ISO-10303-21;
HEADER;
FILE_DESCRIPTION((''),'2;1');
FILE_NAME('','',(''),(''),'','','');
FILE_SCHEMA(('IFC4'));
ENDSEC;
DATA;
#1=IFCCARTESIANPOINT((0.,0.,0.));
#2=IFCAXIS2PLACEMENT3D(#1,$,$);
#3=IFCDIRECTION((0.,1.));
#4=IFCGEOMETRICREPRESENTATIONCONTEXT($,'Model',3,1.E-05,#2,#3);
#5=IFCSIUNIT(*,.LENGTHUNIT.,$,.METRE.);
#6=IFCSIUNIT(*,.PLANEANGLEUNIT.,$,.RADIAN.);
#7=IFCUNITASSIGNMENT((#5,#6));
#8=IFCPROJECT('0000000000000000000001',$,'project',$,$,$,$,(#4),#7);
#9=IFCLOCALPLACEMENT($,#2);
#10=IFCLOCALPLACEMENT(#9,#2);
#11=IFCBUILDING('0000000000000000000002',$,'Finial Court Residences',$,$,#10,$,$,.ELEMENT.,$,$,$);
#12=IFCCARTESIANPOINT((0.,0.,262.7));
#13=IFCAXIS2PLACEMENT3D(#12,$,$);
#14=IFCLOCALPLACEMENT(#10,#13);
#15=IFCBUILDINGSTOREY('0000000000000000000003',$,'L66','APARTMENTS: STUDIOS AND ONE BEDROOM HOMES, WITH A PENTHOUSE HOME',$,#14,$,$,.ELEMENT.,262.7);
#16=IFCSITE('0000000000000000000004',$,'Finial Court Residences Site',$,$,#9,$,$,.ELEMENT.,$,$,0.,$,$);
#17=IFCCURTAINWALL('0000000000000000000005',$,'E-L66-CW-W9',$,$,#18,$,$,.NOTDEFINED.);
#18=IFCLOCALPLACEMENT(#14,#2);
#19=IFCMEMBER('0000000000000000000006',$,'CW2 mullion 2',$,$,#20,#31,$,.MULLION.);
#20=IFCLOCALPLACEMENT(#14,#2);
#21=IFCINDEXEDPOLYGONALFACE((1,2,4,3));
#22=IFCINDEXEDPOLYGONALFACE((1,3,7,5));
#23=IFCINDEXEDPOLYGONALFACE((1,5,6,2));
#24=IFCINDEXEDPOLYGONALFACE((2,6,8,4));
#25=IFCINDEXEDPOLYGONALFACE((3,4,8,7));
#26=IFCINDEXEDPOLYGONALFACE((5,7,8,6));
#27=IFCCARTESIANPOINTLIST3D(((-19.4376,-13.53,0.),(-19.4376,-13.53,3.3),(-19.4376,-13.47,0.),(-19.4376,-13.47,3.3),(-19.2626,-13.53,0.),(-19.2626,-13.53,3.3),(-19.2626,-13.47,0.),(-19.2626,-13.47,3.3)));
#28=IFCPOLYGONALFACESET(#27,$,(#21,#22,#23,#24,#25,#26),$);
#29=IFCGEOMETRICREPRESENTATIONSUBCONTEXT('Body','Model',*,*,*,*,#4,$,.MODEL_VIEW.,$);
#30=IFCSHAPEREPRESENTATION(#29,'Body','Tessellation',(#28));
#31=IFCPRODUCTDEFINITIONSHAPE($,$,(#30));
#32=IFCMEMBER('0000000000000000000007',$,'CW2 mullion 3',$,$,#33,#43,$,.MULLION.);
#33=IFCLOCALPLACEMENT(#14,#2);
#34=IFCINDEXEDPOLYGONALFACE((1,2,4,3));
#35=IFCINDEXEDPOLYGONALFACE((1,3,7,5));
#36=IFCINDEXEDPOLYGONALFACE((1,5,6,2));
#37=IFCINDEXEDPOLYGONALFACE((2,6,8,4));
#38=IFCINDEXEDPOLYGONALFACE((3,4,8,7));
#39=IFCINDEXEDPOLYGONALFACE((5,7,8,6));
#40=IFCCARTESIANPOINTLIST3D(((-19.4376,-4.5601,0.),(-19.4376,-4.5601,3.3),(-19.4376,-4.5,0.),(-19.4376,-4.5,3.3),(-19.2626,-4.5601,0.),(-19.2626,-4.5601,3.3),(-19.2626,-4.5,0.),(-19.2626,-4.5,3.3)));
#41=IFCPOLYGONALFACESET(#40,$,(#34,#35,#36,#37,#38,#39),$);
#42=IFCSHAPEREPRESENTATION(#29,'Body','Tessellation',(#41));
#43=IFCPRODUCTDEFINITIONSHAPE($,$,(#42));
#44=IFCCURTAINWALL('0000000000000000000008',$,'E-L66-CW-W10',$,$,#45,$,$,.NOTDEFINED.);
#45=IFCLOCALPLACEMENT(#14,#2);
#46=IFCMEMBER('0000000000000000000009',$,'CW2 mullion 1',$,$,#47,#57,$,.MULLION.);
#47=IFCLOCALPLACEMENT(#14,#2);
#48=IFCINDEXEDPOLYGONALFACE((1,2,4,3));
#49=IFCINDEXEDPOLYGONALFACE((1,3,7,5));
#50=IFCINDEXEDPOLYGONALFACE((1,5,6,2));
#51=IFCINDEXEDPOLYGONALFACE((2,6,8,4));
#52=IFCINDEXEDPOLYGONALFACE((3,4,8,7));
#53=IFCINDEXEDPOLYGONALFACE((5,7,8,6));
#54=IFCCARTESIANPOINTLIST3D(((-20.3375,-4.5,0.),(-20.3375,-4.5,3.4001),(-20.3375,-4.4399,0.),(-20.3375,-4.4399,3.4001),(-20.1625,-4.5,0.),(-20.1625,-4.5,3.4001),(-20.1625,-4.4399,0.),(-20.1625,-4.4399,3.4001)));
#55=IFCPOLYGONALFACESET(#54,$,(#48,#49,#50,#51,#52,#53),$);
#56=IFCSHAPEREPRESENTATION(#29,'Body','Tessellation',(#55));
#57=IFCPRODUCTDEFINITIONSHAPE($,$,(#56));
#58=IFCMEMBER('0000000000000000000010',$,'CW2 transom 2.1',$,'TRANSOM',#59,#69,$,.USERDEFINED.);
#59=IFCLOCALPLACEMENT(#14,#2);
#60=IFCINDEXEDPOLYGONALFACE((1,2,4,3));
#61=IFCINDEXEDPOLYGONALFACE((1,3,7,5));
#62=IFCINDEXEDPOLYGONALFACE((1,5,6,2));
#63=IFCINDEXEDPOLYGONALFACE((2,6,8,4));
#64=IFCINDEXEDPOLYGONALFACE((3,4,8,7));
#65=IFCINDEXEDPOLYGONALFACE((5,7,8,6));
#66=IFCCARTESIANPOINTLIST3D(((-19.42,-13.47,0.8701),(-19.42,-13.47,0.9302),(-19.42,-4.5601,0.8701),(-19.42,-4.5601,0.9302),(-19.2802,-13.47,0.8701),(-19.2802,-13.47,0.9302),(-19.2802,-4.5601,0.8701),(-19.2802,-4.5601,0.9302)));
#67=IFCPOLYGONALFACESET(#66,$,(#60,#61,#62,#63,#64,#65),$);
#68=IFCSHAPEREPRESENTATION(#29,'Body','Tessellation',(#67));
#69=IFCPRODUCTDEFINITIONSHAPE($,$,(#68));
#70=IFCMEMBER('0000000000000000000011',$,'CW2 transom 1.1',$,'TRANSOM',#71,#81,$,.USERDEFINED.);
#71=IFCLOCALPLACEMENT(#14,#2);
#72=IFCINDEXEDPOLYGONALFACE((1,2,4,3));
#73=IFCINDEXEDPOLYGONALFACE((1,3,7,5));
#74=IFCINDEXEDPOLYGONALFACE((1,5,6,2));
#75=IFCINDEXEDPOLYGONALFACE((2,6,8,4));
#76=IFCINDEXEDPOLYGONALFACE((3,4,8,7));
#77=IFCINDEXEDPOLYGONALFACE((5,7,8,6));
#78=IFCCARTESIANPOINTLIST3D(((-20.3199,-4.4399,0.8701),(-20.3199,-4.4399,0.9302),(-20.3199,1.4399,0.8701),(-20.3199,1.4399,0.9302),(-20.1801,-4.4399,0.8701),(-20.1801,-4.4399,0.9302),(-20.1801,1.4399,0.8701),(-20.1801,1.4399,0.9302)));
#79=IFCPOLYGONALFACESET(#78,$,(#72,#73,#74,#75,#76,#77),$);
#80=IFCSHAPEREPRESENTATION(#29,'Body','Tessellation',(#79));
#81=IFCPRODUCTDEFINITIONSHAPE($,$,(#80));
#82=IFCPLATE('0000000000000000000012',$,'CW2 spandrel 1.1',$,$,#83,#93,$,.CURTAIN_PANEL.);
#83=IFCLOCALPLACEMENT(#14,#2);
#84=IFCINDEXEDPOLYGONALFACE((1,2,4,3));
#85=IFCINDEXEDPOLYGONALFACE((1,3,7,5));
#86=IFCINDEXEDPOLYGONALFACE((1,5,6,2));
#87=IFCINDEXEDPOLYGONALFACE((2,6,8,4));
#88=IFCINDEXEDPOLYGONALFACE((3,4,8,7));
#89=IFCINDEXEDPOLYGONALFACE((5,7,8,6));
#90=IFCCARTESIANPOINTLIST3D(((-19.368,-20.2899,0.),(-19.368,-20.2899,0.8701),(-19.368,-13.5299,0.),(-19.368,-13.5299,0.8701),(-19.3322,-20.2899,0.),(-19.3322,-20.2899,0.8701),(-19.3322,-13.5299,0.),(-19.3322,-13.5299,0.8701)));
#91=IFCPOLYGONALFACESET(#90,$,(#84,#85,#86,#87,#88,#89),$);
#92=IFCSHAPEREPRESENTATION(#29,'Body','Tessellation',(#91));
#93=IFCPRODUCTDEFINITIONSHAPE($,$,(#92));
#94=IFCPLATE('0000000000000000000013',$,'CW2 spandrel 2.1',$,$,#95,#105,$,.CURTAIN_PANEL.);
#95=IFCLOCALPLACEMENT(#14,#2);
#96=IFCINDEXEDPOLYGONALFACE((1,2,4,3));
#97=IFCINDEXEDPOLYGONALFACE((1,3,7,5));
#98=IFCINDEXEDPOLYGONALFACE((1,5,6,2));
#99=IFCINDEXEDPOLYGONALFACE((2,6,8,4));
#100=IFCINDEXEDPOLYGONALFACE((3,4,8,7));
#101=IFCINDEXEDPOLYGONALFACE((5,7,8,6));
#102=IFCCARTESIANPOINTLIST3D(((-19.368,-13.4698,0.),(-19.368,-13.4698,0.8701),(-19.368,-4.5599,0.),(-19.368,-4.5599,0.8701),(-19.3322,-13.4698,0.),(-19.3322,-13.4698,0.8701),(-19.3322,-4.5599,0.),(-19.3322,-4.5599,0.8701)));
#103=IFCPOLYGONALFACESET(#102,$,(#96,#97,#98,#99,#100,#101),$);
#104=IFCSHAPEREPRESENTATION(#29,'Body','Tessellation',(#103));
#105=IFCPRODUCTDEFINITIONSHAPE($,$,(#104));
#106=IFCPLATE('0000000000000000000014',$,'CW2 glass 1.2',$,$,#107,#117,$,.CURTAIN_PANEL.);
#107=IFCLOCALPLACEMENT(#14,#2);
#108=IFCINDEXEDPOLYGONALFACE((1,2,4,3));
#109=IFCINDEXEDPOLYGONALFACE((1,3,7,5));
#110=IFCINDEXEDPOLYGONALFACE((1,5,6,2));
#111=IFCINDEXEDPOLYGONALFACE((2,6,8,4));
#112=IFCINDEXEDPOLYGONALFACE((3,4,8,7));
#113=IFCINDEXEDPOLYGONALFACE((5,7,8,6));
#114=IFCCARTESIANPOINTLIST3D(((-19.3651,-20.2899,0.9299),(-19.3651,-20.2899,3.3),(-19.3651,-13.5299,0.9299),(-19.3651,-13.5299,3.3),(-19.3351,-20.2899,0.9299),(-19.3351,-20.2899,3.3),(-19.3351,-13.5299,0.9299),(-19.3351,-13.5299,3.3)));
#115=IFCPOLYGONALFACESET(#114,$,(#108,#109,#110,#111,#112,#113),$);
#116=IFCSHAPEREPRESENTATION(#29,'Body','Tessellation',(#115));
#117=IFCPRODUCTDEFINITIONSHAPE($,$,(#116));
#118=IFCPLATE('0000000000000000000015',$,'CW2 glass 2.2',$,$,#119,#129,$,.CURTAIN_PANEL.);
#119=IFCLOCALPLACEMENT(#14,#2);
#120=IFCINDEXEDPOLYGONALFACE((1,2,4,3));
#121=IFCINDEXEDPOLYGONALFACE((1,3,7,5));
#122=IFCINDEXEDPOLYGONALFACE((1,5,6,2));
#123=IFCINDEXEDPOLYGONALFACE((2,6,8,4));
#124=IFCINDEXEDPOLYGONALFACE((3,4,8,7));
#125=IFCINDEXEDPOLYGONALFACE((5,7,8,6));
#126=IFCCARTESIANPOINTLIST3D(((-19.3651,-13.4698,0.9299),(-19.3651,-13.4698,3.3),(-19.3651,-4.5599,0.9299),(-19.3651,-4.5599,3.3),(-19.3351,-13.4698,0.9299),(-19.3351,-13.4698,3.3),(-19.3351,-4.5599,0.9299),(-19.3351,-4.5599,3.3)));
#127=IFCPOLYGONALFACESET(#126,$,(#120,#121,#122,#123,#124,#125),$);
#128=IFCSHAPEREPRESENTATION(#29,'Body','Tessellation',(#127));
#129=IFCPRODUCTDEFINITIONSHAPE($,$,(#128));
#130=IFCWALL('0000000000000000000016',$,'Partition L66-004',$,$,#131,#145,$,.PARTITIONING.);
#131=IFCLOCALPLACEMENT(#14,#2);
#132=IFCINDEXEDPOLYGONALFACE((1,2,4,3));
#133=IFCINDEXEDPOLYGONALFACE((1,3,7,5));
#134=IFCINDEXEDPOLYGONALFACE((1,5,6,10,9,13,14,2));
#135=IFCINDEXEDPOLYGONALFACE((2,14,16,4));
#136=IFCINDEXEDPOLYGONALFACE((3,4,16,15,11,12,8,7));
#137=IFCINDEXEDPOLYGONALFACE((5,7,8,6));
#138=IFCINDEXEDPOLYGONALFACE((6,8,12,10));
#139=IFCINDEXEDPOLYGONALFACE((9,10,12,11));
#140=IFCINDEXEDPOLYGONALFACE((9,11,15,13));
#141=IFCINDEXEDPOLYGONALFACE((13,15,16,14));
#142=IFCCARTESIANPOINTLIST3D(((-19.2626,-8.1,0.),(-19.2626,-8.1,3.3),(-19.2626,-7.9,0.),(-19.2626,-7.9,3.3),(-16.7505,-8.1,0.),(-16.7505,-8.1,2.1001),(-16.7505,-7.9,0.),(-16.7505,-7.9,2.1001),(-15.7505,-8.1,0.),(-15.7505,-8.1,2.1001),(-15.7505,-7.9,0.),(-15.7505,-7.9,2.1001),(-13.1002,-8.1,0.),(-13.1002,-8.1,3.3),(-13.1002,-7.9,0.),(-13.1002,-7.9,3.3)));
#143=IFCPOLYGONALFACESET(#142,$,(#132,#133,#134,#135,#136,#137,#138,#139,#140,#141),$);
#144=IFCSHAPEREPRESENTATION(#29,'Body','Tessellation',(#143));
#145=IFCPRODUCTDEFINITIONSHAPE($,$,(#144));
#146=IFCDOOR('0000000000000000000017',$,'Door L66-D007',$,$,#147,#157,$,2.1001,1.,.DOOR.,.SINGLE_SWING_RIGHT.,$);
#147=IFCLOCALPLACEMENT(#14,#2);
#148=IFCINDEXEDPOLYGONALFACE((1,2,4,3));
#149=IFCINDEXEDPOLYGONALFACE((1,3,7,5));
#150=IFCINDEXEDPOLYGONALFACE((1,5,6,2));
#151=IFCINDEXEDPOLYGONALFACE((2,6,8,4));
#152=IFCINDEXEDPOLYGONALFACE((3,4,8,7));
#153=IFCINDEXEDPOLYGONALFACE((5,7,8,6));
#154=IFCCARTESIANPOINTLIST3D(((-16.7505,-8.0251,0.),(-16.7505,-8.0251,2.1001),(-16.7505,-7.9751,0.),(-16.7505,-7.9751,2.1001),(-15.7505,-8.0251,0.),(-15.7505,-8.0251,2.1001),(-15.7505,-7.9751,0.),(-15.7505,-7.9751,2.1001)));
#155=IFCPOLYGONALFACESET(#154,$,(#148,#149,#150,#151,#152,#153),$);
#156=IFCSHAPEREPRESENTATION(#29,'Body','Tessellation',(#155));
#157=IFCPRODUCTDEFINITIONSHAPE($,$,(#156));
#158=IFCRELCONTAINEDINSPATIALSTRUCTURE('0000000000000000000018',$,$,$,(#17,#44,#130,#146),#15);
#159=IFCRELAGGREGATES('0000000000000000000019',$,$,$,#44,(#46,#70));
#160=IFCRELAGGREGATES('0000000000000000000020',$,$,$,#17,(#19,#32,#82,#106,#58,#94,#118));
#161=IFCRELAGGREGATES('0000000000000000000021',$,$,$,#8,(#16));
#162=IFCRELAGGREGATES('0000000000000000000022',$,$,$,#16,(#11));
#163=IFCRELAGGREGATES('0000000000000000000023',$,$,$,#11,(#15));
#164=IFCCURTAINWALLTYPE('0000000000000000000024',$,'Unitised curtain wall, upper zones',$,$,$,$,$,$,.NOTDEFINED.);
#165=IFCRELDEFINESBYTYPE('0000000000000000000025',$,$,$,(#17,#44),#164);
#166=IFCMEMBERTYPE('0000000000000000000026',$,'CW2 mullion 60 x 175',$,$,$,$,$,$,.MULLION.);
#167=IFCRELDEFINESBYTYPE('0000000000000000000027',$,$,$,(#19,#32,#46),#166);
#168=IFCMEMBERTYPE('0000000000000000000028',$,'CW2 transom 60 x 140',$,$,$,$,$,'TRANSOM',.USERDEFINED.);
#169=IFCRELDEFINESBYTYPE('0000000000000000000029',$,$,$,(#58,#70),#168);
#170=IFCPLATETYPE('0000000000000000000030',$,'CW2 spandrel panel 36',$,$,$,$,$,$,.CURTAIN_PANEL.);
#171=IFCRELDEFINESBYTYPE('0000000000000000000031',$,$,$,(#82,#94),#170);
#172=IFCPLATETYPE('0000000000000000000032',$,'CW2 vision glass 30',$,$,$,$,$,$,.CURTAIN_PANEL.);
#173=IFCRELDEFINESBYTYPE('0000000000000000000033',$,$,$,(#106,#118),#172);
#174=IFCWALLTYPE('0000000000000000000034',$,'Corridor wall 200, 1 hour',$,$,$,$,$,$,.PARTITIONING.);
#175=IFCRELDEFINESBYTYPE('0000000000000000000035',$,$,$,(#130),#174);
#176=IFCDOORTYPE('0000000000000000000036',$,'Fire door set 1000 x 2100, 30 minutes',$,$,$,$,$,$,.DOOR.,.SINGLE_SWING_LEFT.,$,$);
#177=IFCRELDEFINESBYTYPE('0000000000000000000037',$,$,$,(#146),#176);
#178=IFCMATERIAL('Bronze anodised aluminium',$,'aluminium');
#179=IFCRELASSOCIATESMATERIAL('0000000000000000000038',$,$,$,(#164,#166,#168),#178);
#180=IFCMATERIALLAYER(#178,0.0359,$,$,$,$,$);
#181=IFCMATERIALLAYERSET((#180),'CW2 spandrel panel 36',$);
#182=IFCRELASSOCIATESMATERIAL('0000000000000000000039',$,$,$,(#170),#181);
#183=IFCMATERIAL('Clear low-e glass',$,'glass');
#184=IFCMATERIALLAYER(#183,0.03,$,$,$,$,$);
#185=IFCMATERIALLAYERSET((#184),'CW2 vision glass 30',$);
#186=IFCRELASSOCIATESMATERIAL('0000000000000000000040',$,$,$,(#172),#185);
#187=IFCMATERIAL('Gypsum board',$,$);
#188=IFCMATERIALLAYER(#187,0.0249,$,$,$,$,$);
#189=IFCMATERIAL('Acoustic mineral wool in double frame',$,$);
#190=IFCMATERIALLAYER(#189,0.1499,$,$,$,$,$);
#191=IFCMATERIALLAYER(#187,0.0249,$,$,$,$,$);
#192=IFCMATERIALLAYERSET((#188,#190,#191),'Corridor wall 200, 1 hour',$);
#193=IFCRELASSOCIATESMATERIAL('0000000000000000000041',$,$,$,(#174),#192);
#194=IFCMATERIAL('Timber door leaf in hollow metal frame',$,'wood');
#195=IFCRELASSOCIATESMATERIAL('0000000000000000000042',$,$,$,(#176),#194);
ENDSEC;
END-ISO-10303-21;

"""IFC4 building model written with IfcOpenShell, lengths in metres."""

from ifc_helpers import new_model, si_unit, direction, frame, frame_2d, origin, origin_2d, place, context, subcontext, project, spatial, rectangle, extrude, material, layer, layer_set, material_profile, profile_set, type_object, element, fill, aggregate, save


model = new_model("IFC4")

# Units and contexts
model_context = context("Model", 3, precision=1e-05, world=origin(), true_north=direction((0.0, 1.0)))
body_context = subcontext(model_context, "Body", "Model", "MODEL_VIEW")
ifc_project = project(units=[si_unit("LENGTHUNIT", "METRE"), si_unit("PLANEANGLEUNIT", "RADIAN")], contexts=[model_context])

# Site, building, storey
site_placement = place(None, origin())
site = spatial("IfcSite", under=ifc_project, at=site_placement, Name="Finial Court Residences Site", CompositionType="ELEMENT", RefElevation=0.0)
building_placement = place(site_placement, origin())
building = spatial("IfcBuilding", under=site, at=building_placement, Name="Finial Court Residences", CompositionType="ELEMENT")
storey_placement = place(building_placement, frame((0.0, 0.0, 262.7)))
storey = spatial("IfcBuildingStorey", under=building, at=storey_placement, Name="L66", Description="APARTMENTS: STUDIOS AND ONE BEDROOM HOMES, WITH A PENTHOUSE HOME", CompositionType="ELEMENT", Elevation=262.7)

# Curtain wall, members
ifc_material_1 = material(Name="Bronze anodised aluminium", Category="aluminium")
curtain_wall_type = type_object("IfcCurtainWallType", Name="Unitised curtain wall, upper zones", PredefinedType="NOTDEFINED", material=ifc_material_1)
curtain_wall_1_placement = place(storey_placement, origin())
curtain_wall_1 = element("IfcCurtainWall", 1, at=curtain_wall_1_placement, inside=storey, type_object=curtain_wall_type, Name="E-L66-CW-W9", PredefinedType="NOTDEFINED")
ifc_material_profile_1 = material_profile(ifc_material_1, rectangle(XDim=0.175, YDim=0.0601, at=origin_2d()), Name="CW2 mullion 60 x 175")
ifc_profile_set_1 = profile_set([ifc_material_profile_1], Name="Bronze anodised aluminium")
member_type_1 = type_object("IfcMemberType", Name="CW2 mullion 60 x 175", PredefinedType="MULLION", material=ifc_profile_set_1)
member_1_placement = place(storey_placement, frame((-19.3501, -13.5, 0.0), z_axis=(0.0, 0.0, 1.0), x_axis=(-1.0, 0.0, 0.0)))
member_1 = element("IfcMember", 2, at=member_1_placement, type_object=member_type_1, Name="CW2 mullion 2", PredefinedType="MULLION", context=body_context, shape_type="SweptSolid", body=[
    extrude(rectangle(XDim=0.175, YDim=0.0601, at=origin_2d()), origin(), (0.0, 0.0, 1.0), 3.3),
])
member_2_placement = place(storey_placement, frame((-19.3501, -4.53, 0.0), z_axis=(0.0, 0.0, 1.0), x_axis=(-1.0, 0.0, 0.0)))
member_2 = element("IfcMember", 3, at=member_2_placement, type_object=member_type_1, Name="CW2 mullion 3", PredefinedType="MULLION", context=body_context, shape_type="SweptSolid", body=[
    extrude(rectangle(XDim=0.175, YDim=0.0601, at=origin_2d()), origin(), (0.0, 0.0, 1.0), 3.3),
])

# Curtain wall, member
curtain_wall_2_placement = place(storey_placement, origin())
curtain_wall_2 = element("IfcCurtainWall", 4, at=curtain_wall_2_placement, inside=storey, type_object=curtain_wall_type, Name="E-L66-CW-W10", PredefinedType="NOTDEFINED")
member_3_placement = place(storey_placement, frame((-20.25, -4.47, 0.0), z_axis=(0.0, 0.0, 1.0), x_axis=(-1.0, 0.0, 0.0)))
member_3 = element("IfcMember", 5, at=member_3_placement, type_object=member_type_1, Name="CW2 mullion 1", PredefinedType="MULLION", context=body_context, shape_type="SweptSolid", body=[
    extrude(rectangle(XDim=0.175, YDim=0.0601, at=origin_2d()), origin(), (0.0, 0.0, 1.0), 3.4001),
])

# Members
ifc_material_profile_2 = material_profile(ifc_material_1, rectangle(XDim=0.1399, YDim=0.0601, at=origin_2d()), Name="CW2 transom 60 x 140")
ifc_profile_set_2 = profile_set([ifc_material_profile_2], Name="Bronze anodised aluminium")
member_type_2 = type_object("IfcMemberType", Name="CW2 transom 60 x 140", ElementType="TRANSOM", PredefinedType="USERDEFINED", material=ifc_profile_set_2)
member_4_placement = place(storey_placement, frame((-19.3501, -13.47, 0.9001), z_axis=(0.0, 1.0, 0.0), x_axis=(-1.0, 0.0, 0.0)))
member_4 = element("IfcMember", 6, at=member_4_placement, type_object=member_type_2, Name="CW2 transom 2.1", ObjectType="TRANSOM", PredefinedType="USERDEFINED", context=body_context, shape_type="SweptSolid", body=[
    extrude(rectangle(XDim=0.1399, YDim=0.0601, at=origin_2d()), origin(), (0.0, 0.0, 1.0), 8.9099),
])
member_5_placement = place(storey_placement, frame((-20.25, -4.4399, 0.9001), z_axis=(0.0, 1.0, 0.0), x_axis=(-1.0, 0.0, 0.0)))
member_5 = element("IfcMember", 7, at=member_5_placement, type_object=member_type_2, Name="CW2 transom 1.1", ObjectType="TRANSOM", PredefinedType="USERDEFINED", context=body_context, shape_type="SweptSolid", body=[
    extrude(rectangle(XDim=0.1399, YDim=0.0601, at=origin_2d()), origin(), (0.0, 0.0, 1.0), 5.8799),
])
aggregate(curtain_wall_2, [member_3, member_5])

# Plates
ifc_layer_1 = layer(ifc_material_1, 0.0359)
ifc_layer_set_1 = layer_set([ifc_layer_1], Name="CW2 spandrel panel 36")
plate_type_1 = type_object("IfcPlateType", Name="CW2 spandrel panel 36", PredefinedType="CURTAIN_PANEL", material=ifc_layer_set_1)
plate_1_placement = place(storey_placement, frame((-19.3501, -16.9099, 0.0), z_axis=(0.0, 0.0, 1.0), x_axis=(0.0, 1.0, 0.0)))
plate_1 = element("IfcPlate", 8, at=plate_1_placement, type_object=plate_type_1, Name="CW2 spandrel 1.1", PredefinedType="CURTAIN_PANEL", context=body_context, shape_type="SweptSolid", body=[
    extrude(rectangle(XDim=6.76, YDim=0.0359, at=origin_2d()), origin(), (0.0, 0.0, 1.0), 0.8701),
])
plate_2_placement = place(storey_placement, frame((-19.3501, -9.0149, 0.0), z_axis=(0.0, 0.0, 1.0), x_axis=(0.0, 1.0, 0.0)))
plate_2 = element("IfcPlate", 9, at=plate_2_placement, type_object=plate_type_1, Name="CW2 spandrel 2.1", PredefinedType="CURTAIN_PANEL", context=body_context, shape_type="SweptSolid", body=[
    extrude(rectangle(XDim=8.9099, YDim=0.0359, at=origin_2d()), origin(), (0.0, 0.0, 1.0), 0.8701),
])
ifc_material_2 = material(Name="Clear low-e glass", Category="glass")
ifc_layer_2 = layer(ifc_material_2, 0.03)
ifc_layer_set_2 = layer_set([ifc_layer_2], Name="CW2 vision glass 30")
plate_type_2 = type_object("IfcPlateType", Name="CW2 vision glass 30", PredefinedType="CURTAIN_PANEL", material=ifc_layer_set_2)
plate_3_placement = place(storey_placement, frame((-19.3501, -16.9099, 0.9299), z_axis=(0.0, 0.0, 1.0), x_axis=(0.0, 1.0, 0.0)))
plate_3 = element("IfcPlate", 10, at=plate_3_placement, type_object=plate_type_2, Name="CW2 glass 1.2", PredefinedType="CURTAIN_PANEL", context=body_context, shape_type="SweptSolid", body=[
    extrude(rectangle(XDim=6.76, YDim=0.03, at=origin_2d()), origin(), (0.0, 0.0, 1.0), 2.3701),
])
plate_4_placement = place(storey_placement, frame((-19.3501, -9.0149, 0.9299), z_axis=(0.0, 0.0, 1.0), x_axis=(0.0, 1.0, 0.0)))
plate_4 = element("IfcPlate", 11, at=plate_4_placement, type_object=plate_type_2, Name="CW2 glass 2.2", PredefinedType="CURTAIN_PANEL", context=body_context, shape_type="SweptSolid", body=[
    extrude(rectangle(XDim=8.9099, YDim=0.03, at=origin_2d()), origin(), (0.0, 0.0, 1.0), 2.3701),
])
aggregate(curtain_wall_1, [member_1, member_2, plate_1, plate_3, member_4, plate_2, plate_4])

# Wall, opening, door
ifc_material_3 = material(Name="Gypsum board")
ifc_layer_3 = layer(ifc_material_3, 0.0249)
ifc_material_4 = material(Name="Acoustic mineral wool in double frame")
ifc_layer_4 = layer(ifc_material_4, 0.1499)
ifc_layer_5 = layer(ifc_material_3, 0.0249)
ifc_layer_set_3 = layer_set([ifc_layer_3, ifc_layer_4, ifc_layer_5], Name="Corridor wall 200, 1 hour")
wall_type_1 = type_object("IfcWallType", Name="Corridor wall 200, 1 hour", PredefinedType="PARTITIONING", material=ifc_layer_set_3)
wall_1_placement = place(storey_placement, frame((-19.2625, -8.0, 0.0), z_axis=(0.0, 0.0, 1.0), x_axis=(1.0, 0.0, 0.0)))
wall_1 = element("IfcWall", 12, at=wall_1_placement, inside=storey, type_object=wall_type_1, Name="Partition L66-004", PredefinedType="PARTITIONING", context=body_context, shape_type="SweptSolid", body=[
    extrude(rectangle(XDim=6.1624, YDim=0.2, at=frame_2d((3.0811, 0.0))), origin(), (0.0, 0.0, 1.0), 3.3),
])
opening_1_placement = place(wall_1_placement, frame((2.512, 0.0, 0.0)))
opening_1 = element("IfcOpeningElement", 13, at=opening_1_placement, cuts=wall_1, PredefinedType="OPENING", context=body_context, shape_type="SweptSolid", body=[
    extrude(rectangle(XDim=1.0, YDim=2.1001, at=frame_2d((0.5, 1.05))), frame((0.0, 0.1099, 0.0), z_axis=(0.0, -1.0, 0.0), x_axis=(1.0, 0.0, 0.0)), (0.0, 0.0, 1.0), 0.22),
])
ifc_material_5 = material(Name="Timber door leaf in hollow metal frame", Category="wood")
door_type_1 = type_object("IfcDoorType", Name="Fire door set 1000 x 2100, 30 minutes", OperationType="SINGLE_SWING_LEFT", PredefinedType="DOOR", material=ifc_material_5)
door_1_placement = place(opening_1_placement, origin())
door_1 = element("IfcDoor", 14, at=door_1_placement, inside=storey, type_object=door_type_1, Name="Door L66-D007", OperationType="SINGLE_SWING_RIGHT", OverallHeight=2.1001, OverallWidth=1.0, PredefinedType="DOOR", context=body_context, shape_type="SweptSolid", body=[
    extrude(rectangle(XDim=1.0, YDim=2.1001, at=frame_2d((0.5, 1.05))), frame((0.0, 0.0249, 0.0), z_axis=(0.0, -1.0, 0.0), x_axis=(1.0, 0.0, 0.0)), (0.0, 0.0, 1.0), 0.05),
])
fill(opening_1, door_1)

save(model, "model.ifc")
